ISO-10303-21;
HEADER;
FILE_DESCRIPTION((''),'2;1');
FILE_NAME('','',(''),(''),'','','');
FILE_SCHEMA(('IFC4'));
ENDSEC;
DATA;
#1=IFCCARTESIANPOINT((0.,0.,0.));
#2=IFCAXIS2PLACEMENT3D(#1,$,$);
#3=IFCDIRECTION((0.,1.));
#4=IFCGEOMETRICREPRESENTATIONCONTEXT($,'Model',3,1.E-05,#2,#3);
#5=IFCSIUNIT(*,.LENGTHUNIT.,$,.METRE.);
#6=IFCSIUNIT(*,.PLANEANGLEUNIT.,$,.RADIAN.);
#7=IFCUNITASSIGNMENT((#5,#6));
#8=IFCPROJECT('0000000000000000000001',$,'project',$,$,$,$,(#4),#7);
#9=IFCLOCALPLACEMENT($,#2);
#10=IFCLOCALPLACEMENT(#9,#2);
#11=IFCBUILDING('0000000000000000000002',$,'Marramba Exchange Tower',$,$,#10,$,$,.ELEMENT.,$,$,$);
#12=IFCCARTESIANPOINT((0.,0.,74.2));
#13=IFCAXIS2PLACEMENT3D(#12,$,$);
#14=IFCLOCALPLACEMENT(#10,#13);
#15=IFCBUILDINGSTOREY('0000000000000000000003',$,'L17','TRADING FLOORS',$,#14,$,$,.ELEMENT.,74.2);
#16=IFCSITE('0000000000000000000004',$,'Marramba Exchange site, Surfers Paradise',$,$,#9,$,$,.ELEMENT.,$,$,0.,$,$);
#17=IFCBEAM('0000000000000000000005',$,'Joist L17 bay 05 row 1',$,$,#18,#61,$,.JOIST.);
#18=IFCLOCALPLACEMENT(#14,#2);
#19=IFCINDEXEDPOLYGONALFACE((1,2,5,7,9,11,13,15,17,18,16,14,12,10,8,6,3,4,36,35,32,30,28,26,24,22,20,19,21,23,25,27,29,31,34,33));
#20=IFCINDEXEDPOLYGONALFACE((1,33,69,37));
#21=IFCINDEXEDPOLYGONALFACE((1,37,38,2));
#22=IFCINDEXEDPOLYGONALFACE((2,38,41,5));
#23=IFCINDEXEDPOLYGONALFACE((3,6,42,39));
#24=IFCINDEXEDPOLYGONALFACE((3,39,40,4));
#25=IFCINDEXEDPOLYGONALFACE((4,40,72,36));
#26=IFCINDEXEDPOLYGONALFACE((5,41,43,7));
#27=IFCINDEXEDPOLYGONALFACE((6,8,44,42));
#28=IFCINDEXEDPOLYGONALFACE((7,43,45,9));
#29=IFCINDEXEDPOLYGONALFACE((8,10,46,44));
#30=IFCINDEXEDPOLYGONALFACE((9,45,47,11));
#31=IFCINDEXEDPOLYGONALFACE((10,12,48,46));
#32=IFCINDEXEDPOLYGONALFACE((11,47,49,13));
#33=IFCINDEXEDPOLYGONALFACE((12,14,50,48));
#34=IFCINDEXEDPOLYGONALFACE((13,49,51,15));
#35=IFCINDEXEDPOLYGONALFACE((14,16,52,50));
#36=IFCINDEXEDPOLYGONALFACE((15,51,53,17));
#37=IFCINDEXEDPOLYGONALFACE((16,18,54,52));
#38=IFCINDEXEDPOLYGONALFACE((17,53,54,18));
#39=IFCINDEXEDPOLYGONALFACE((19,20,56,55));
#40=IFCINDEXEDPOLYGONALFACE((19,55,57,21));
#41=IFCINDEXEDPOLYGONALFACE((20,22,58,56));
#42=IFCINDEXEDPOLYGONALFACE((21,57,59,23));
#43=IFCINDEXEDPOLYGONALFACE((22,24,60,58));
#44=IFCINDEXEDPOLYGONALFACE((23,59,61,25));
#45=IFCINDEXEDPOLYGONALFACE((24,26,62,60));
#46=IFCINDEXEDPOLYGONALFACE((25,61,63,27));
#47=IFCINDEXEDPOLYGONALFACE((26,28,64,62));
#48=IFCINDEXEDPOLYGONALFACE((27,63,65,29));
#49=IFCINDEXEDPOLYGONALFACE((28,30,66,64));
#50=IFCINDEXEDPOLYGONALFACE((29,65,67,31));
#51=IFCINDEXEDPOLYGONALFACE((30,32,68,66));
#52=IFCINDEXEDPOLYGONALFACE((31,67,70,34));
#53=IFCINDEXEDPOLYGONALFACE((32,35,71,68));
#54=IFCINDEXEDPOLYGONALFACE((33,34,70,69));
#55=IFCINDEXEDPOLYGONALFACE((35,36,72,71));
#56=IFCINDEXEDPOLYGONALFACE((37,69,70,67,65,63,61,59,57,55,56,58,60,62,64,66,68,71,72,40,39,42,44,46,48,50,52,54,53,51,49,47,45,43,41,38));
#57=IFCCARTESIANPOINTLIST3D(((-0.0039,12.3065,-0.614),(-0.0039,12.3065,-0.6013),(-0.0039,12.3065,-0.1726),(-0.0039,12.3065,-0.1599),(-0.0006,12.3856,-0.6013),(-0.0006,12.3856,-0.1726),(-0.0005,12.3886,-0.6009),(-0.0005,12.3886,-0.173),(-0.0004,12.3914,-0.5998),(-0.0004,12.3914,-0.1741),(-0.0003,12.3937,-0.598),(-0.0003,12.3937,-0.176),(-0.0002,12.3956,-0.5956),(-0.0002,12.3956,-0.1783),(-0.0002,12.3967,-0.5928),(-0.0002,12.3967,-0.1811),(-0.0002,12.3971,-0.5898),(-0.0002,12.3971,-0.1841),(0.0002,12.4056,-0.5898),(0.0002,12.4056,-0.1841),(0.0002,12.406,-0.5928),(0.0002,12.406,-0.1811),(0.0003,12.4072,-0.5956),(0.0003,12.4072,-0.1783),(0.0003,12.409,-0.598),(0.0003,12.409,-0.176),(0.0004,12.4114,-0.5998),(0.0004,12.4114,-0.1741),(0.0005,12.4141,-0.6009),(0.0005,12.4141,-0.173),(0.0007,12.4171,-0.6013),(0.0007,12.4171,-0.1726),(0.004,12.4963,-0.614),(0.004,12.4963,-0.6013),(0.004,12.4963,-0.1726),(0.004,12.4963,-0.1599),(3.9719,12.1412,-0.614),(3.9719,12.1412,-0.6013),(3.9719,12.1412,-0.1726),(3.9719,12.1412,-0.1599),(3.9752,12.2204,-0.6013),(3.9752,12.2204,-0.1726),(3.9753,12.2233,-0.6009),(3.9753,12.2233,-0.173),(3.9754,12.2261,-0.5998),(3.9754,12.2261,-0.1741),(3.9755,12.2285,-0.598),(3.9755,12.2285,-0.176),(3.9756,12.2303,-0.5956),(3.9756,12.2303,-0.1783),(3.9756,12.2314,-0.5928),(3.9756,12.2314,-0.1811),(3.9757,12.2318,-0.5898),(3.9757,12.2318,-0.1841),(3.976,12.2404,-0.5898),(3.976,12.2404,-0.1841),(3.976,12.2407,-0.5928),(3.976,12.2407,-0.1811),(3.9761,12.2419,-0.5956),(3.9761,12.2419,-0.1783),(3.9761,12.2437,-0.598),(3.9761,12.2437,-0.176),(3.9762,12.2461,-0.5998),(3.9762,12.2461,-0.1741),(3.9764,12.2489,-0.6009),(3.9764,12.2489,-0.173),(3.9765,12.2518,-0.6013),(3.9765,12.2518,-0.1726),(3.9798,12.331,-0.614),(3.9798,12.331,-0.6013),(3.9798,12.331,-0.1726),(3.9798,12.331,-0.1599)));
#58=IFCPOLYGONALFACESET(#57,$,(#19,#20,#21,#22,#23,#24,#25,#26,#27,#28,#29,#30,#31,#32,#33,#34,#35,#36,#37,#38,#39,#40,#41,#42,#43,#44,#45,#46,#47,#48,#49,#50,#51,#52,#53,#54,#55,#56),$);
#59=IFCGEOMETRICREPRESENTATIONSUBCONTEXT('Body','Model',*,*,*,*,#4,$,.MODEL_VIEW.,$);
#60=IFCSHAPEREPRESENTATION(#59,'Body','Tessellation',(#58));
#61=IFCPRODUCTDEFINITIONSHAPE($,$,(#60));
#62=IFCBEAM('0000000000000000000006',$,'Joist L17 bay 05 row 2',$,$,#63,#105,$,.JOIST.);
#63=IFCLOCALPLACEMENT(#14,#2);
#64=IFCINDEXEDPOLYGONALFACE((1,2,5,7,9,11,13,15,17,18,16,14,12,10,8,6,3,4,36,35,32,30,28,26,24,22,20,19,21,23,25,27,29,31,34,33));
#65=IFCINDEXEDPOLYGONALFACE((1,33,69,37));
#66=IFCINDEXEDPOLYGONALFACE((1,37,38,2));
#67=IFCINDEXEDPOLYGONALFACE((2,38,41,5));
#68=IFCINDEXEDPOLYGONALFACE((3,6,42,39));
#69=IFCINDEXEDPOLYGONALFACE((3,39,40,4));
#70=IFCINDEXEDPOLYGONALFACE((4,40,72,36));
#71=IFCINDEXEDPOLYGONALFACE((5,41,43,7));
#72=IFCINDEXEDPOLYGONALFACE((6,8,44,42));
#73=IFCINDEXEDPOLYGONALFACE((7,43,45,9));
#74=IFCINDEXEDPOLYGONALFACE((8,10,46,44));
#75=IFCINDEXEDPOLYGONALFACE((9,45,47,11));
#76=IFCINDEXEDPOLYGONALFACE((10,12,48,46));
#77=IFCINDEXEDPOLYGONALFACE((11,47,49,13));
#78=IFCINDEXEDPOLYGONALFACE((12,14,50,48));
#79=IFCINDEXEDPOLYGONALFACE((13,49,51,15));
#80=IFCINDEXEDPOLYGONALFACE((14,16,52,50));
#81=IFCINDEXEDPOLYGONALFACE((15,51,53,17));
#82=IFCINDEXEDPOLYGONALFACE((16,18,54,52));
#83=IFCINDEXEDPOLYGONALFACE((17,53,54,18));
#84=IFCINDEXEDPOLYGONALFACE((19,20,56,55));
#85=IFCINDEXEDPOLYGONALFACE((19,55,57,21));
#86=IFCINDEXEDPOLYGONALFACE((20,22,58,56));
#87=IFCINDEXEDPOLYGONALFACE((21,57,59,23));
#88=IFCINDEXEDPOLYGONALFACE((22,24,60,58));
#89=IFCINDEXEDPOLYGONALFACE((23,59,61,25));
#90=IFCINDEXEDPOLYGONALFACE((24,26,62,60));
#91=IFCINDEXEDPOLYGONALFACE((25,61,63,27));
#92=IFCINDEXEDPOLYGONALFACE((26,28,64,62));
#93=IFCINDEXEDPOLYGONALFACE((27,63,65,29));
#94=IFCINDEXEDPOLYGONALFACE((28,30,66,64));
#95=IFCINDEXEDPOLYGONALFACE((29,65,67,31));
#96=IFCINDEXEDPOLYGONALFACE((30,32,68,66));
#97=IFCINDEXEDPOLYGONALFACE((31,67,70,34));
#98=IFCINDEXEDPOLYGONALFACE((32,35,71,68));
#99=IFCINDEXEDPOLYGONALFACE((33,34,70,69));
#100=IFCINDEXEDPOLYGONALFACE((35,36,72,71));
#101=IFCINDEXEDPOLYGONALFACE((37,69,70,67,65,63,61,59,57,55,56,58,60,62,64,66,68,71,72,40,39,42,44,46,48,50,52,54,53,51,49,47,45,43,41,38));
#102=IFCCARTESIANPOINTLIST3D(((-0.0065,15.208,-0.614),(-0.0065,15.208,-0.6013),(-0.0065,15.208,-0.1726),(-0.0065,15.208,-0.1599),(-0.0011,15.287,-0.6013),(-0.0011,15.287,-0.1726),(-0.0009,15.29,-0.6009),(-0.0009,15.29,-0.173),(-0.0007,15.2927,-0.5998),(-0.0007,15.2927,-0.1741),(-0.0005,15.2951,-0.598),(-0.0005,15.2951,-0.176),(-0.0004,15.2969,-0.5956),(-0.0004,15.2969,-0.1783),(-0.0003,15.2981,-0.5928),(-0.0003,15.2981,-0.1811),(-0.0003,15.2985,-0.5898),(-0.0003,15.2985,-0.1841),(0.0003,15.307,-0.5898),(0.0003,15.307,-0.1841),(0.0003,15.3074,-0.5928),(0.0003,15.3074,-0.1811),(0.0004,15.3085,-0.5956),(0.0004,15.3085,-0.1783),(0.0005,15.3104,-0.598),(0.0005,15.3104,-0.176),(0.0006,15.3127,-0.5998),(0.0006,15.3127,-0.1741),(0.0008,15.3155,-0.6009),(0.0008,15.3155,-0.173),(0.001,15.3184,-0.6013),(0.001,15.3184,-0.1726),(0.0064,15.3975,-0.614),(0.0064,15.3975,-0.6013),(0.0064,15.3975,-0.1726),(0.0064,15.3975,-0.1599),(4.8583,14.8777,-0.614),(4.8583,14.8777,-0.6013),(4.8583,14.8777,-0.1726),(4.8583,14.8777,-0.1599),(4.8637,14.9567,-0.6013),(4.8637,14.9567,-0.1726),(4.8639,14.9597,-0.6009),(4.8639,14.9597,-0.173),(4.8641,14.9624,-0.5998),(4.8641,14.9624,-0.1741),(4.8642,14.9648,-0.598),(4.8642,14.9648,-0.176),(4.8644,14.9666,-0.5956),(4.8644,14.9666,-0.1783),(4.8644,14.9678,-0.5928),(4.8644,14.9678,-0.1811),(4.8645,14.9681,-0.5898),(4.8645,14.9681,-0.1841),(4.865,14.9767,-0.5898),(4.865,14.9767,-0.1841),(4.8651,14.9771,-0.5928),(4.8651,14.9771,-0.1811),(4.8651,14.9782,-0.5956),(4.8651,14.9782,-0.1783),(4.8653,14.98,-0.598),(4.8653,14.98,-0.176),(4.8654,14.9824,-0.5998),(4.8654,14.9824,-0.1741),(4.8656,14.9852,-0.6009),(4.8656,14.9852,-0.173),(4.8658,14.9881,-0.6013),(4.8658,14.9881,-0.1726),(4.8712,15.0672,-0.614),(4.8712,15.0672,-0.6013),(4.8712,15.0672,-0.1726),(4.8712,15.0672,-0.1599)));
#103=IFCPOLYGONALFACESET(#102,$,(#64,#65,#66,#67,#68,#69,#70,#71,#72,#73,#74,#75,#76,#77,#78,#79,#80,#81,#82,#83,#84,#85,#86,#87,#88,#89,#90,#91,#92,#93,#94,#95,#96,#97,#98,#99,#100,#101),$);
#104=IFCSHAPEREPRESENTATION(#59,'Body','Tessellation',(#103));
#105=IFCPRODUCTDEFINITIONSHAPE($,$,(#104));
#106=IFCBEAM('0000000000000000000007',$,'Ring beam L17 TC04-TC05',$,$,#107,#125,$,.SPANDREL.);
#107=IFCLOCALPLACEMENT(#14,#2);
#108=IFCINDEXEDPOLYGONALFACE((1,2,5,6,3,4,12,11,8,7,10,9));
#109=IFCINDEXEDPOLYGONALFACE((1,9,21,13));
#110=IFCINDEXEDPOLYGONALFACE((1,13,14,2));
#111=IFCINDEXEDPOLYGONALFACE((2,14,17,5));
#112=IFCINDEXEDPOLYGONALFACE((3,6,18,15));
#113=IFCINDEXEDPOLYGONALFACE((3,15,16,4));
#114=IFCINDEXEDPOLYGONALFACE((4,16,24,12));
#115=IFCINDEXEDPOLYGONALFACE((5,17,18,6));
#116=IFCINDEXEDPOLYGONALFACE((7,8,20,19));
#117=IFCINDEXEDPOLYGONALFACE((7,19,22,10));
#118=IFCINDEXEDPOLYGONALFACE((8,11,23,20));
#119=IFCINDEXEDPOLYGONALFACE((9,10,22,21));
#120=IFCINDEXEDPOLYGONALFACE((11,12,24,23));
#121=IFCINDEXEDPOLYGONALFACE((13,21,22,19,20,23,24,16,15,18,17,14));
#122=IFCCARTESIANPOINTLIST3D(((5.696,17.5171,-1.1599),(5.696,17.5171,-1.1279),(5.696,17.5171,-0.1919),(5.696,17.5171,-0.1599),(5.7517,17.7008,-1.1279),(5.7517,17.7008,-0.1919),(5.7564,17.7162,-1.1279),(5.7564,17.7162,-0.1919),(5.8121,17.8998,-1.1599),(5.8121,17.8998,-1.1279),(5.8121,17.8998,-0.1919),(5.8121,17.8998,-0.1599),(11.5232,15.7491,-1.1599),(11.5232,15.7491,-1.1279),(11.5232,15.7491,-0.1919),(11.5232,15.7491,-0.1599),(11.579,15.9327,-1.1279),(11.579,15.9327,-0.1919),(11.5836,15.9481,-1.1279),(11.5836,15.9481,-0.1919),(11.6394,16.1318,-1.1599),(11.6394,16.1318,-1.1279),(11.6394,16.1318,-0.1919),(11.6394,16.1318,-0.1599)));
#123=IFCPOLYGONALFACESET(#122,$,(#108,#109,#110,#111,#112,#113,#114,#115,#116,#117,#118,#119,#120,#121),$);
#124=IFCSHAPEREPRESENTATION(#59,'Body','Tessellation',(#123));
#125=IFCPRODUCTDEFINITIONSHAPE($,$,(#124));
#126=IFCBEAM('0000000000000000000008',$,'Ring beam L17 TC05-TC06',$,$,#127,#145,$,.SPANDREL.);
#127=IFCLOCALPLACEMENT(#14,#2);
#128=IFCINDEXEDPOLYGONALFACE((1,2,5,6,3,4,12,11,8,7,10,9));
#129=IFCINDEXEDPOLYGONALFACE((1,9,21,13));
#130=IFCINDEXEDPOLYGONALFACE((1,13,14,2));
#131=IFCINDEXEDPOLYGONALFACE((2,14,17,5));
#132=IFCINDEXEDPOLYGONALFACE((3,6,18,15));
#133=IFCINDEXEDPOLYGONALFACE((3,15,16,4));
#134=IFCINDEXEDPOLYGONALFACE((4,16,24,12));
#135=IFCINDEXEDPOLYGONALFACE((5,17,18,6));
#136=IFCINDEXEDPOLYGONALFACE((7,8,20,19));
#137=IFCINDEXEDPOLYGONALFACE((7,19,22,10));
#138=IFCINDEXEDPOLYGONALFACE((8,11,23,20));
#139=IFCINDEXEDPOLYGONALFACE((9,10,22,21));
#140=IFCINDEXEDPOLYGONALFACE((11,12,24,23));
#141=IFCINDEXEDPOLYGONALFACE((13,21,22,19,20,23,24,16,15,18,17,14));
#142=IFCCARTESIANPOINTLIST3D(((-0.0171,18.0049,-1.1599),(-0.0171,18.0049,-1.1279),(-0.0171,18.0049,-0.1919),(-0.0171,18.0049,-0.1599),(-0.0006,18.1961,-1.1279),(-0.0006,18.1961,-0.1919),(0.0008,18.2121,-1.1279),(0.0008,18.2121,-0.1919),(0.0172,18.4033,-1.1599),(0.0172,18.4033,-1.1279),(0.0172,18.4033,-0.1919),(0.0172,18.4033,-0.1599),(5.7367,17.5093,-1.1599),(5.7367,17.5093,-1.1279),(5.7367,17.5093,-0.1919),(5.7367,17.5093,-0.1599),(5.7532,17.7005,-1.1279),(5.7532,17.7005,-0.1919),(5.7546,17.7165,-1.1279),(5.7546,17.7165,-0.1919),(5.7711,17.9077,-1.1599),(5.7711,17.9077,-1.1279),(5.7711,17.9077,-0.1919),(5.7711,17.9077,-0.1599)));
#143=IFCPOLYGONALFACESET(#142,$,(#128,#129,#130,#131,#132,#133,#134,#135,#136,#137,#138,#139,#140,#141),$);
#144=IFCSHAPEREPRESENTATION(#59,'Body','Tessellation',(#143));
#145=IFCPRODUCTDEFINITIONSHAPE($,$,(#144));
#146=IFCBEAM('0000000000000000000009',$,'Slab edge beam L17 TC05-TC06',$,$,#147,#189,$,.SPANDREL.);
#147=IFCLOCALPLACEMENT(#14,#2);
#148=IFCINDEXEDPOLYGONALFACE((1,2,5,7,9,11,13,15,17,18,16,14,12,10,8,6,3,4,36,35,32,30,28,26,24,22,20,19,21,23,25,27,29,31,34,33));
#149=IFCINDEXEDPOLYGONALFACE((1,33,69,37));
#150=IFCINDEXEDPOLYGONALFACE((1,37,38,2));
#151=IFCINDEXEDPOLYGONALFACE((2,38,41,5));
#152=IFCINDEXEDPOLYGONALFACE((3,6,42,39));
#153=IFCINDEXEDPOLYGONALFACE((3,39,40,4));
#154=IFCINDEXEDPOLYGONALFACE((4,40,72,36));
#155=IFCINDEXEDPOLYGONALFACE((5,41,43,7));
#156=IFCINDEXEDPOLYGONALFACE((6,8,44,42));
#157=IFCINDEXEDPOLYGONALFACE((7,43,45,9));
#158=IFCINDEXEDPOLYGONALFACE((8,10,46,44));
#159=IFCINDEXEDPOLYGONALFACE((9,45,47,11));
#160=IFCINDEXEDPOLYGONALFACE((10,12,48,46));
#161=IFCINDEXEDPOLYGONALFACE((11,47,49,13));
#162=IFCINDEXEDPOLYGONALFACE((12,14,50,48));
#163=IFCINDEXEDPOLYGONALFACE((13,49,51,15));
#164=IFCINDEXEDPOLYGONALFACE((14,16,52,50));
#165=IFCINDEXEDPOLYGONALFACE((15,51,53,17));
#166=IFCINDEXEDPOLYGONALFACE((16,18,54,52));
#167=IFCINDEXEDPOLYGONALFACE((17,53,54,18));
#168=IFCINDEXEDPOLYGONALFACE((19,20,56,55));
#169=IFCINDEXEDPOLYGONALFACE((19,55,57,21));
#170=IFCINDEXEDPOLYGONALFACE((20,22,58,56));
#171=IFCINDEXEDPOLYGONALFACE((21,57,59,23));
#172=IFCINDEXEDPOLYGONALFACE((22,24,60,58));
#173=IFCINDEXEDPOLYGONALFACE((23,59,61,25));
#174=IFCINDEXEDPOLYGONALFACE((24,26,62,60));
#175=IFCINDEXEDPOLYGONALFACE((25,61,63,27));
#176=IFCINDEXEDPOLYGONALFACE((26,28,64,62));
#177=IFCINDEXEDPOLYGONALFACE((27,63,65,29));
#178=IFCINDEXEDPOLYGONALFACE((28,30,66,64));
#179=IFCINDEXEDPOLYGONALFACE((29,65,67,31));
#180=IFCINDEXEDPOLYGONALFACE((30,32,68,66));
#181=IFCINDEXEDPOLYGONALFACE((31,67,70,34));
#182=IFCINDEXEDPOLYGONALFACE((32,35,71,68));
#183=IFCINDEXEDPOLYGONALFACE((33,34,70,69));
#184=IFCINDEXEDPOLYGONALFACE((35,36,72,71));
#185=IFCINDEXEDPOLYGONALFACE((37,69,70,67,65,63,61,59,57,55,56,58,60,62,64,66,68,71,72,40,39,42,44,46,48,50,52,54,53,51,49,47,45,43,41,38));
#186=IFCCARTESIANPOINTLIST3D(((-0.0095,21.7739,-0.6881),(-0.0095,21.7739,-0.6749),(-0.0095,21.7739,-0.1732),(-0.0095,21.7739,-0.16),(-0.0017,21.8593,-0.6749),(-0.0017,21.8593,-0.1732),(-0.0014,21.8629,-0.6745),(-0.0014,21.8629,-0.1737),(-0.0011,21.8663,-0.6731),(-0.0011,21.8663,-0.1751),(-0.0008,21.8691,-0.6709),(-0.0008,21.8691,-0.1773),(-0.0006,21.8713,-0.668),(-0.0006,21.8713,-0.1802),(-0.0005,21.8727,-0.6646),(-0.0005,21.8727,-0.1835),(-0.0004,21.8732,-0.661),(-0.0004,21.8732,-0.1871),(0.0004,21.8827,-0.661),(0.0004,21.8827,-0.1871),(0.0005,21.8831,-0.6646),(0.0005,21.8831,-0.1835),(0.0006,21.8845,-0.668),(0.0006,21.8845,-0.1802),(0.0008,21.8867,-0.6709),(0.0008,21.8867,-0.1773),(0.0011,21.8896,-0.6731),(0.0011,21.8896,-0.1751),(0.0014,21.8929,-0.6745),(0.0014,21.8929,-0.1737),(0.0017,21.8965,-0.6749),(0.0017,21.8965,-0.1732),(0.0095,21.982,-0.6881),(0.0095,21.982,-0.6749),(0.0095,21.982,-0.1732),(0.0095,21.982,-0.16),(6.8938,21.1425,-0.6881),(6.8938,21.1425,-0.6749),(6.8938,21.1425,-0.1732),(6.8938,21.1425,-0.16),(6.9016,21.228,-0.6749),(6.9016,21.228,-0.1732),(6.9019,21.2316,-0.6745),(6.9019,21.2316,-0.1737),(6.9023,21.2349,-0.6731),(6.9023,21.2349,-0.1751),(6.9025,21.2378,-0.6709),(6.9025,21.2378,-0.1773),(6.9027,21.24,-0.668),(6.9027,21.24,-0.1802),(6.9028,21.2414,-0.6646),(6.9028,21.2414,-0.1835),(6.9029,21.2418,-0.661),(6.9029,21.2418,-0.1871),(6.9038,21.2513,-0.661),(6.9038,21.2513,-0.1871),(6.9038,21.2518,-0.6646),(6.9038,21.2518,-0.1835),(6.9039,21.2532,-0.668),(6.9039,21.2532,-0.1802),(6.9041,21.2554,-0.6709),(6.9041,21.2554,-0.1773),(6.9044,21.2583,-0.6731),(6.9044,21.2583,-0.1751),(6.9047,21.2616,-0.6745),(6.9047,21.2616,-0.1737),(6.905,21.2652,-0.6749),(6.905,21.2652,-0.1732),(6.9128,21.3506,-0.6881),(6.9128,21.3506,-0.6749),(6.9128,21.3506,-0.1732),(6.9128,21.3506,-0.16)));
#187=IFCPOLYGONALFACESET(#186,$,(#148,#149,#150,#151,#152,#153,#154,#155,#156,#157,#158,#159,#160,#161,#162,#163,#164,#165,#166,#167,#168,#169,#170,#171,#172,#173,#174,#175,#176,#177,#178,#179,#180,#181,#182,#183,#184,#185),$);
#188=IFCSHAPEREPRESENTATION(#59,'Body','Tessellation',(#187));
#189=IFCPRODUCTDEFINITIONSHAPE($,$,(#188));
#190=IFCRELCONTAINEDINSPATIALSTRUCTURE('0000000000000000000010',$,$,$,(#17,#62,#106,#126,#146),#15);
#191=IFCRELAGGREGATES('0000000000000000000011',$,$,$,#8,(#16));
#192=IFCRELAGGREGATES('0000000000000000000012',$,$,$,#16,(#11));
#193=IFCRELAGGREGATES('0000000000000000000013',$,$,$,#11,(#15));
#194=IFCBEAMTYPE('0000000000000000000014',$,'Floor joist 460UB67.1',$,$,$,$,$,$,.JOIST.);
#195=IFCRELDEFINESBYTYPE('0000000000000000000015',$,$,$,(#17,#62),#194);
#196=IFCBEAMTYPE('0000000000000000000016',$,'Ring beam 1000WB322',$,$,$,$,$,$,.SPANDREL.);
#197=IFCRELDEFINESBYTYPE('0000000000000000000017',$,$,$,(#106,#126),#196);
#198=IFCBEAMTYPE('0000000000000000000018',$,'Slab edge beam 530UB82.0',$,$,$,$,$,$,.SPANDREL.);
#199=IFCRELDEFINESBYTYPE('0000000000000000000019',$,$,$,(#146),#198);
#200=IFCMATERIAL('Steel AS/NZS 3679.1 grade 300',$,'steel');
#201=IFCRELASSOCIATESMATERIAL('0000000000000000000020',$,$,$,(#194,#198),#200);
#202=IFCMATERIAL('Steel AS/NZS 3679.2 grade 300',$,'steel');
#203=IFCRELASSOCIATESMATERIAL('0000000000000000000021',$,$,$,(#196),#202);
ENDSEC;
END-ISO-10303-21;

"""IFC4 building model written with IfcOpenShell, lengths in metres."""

from ifc_helpers import new_model, si_unit, direction, frame, origin, origin_2d, place, context, subcontext, project, spatial, i_section, extrude, material, material_profile, profile_set, type_object, element, save


model = new_model("IFC4")

# Units and contexts
model_context = context("Model", 3, precision=1e-05, world=origin(), true_north=direction((0.0, 1.0)))
body_context = subcontext(model_context, "Body", "Model", "MODEL_VIEW")
ifc_project = project(units=[si_unit("LENGTHUNIT", "METRE"), si_unit("PLANEANGLEUNIT", "RADIAN")], contexts=[model_context])

# Site, building, storey
site_placement = place(None, origin())
site = spatial("IfcSite", under=ifc_project, at=site_placement, Name="Marramba Exchange site, Surfers Paradise", CompositionType="ELEMENT", RefElevation=0.0)
building_placement = place(site_placement, origin())
building = spatial("IfcBuilding", under=site, at=building_placement, Name="Marramba Exchange Tower", CompositionType="ELEMENT")
storey_placement = place(building_placement, frame((0.0, 0.0, 74.2)))
storey = spatial("IfcBuildingStorey", under=building, at=storey_placement, Name="L17", Description="TRADING FLOORS", CompositionType="ELEMENT", Elevation=74.2)

# Beams
ifc_material_1 = material(Name="Steel AS/NZS 3679.2 grade 300", Category="steel")
ifc_material_2 = material(Name="Steel AS/NZS 3679.1 grade 300", Category="steel")
ifc_material_profile_1 = material_profile(ifc_material_2, i_section(OverallWidth=0.1899, OverallDepth=0.4541, WebThickness=0.0085, FlangeThickness=0.0127, FilletRadius=0.0115, at=origin_2d()), Name="460UB67.1")
ifc_profile_set_1 = profile_set([ifc_material_profile_1], Name="Steel AS/NZS 3679.1 grade 300")
beam_type_1 = type_object("IfcBeamType", Name="Floor joist 460UB67.1", PredefinedType="JOIST", material=ifc_profile_set_1)
beam_1_placement = place(storey_placement, frame((3.9758, 12.2361, -0.387), z_axis=(-0.999137, 0.041536, 0.0), x_axis=(-0.041536, -0.999137, 0.0)))
element("IfcBeam", 1, at=beam_1_placement, inside=storey, type_object=beam_type_1, Name="Joist L17 bay 05 row 1", PredefinedType="JOIST", context=body_context, shape_type="SweptSolid", body=[
    extrude(i_section(OverallWidth=0.1899, OverallDepth=0.4541, WebThickness=0.0085, FlangeThickness=0.0127, FilletRadius=0.0115, at=origin_2d()), origin(), (0.0, 0.0, 1.0), 3.9792),
])
beam_2_placement = place(storey_placement, frame((4.8647, 14.9724, -0.387), z_axis=(-0.997703, 0.067745, 0.0), x_axis=(-0.067745, -0.997703, 0.0)))
element("IfcBeam", 2, at=beam_2_placement, inside=storey, type_object=beam_type_1, Name="Joist L17 bay 05 row 2", PredefinedType="JOIST", context=body_context, shape_type="SweptSolid", body=[
    extrude(i_section(OverallWidth=0.1899, OverallDepth=0.4541, WebThickness=0.0085, FlangeThickness=0.0127, FilletRadius=0.0115, at=origin_2d()), origin(), (0.0, 0.0, 1.0), 4.876),
])
ifc_material_profile_2 = material_profile(ifc_material_1, i_section(OverallWidth=0.3999, OverallDepth=1.0, WebThickness=0.0161, FlangeThickness=0.032, at=origin_2d()), Name="1000WB322")
ifc_profile_set_2 = profile_set([ifc_material_profile_2], Name="Steel AS/NZS 3679.2 grade 300")
beam_type_2 = type_object("IfcBeamType", Name="Ring beam 1000WB322", PredefinedType="SPANDREL", material=ifc_profile_set_2)
beam_3_placement = place(storey_placement, frame((11.5813, 15.9404, -0.6599), z_axis=(-0.956925, 0.290337, 0.0), x_axis=(-0.290337, -0.956925, 0.0)))
element("IfcBeam", 3, at=beam_3_placement, inside=storey, type_object=beam_type_2, Name="Ring beam L17 TC04-TC05", PredefinedType="SPANDREL", context=body_context, shape_type="SweptSolid", body=[
    extrude(i_section(OverallWidth=0.3999, OverallDepth=1.0, WebThickness=0.0161, FlangeThickness=0.032, at=origin_2d()), origin(), (0.0, 0.0, 1.0), 6.0896),
])
beam_4_placement = place(storey_placement, frame((5.7539, 17.7085, -0.6599), z_axis=(-0.996311, 0.085816, 0.0), x_axis=(-0.085816, -0.996311, 0.0)))
element("IfcBeam", 4, at=beam_4_placement, inside=storey, type_object=beam_type_2, Name="Ring beam L17 TC05-TC06", PredefinedType="SPANDREL", context=body_context, shape_type="SweptSolid", body=[
    extrude(i_section(OverallWidth=0.3999, OverallDepth=1.0, WebThickness=0.0161, FlangeThickness=0.032, at=origin_2d()), origin(), (0.0, 0.0, 1.0), 5.7751),
])
ifc_material_profile_3 = material_profile(ifc_material_2, i_section(OverallWidth=0.209, OverallDepth=0.5281, WebThickness=0.0095, FlangeThickness=0.0132, FilletRadius=0.0139, at=origin_2d()), Name="530UB82.0")
ifc_profile_set_3 = profile_set([ifc_material_profile_3], Name="Steel AS/NZS 3679.1 grade 300")
beam_type_3 = type_object("IfcBeamType", Name="Slab edge beam 530UB82.0", PredefinedType="SPANDREL", material=ifc_profile_set_3)
beam_5_placement = place(storey_placement, frame((6.9033, 21.2466, -0.4241), z_axis=(-0.995844, 0.091076, 0.0), x_axis=(-0.091076, -0.995844, 0.0)))
element("IfcBeam", 5, at=beam_5_placement, inside=storey, type_object=beam_type_3, Name="Slab edge beam L17 TC05-TC06", PredefinedType="SPANDREL", context=body_context, shape_type="SweptSolid", body=[
    extrude(i_section(OverallWidth=0.209, OverallDepth=0.5281, WebThickness=0.0095, FlangeThickness=0.0132, FilletRadius=0.0139, at=origin_2d()), origin(), (0.0, 0.0, 1.0), 6.9321),
])

save(model, "model.ifc")
